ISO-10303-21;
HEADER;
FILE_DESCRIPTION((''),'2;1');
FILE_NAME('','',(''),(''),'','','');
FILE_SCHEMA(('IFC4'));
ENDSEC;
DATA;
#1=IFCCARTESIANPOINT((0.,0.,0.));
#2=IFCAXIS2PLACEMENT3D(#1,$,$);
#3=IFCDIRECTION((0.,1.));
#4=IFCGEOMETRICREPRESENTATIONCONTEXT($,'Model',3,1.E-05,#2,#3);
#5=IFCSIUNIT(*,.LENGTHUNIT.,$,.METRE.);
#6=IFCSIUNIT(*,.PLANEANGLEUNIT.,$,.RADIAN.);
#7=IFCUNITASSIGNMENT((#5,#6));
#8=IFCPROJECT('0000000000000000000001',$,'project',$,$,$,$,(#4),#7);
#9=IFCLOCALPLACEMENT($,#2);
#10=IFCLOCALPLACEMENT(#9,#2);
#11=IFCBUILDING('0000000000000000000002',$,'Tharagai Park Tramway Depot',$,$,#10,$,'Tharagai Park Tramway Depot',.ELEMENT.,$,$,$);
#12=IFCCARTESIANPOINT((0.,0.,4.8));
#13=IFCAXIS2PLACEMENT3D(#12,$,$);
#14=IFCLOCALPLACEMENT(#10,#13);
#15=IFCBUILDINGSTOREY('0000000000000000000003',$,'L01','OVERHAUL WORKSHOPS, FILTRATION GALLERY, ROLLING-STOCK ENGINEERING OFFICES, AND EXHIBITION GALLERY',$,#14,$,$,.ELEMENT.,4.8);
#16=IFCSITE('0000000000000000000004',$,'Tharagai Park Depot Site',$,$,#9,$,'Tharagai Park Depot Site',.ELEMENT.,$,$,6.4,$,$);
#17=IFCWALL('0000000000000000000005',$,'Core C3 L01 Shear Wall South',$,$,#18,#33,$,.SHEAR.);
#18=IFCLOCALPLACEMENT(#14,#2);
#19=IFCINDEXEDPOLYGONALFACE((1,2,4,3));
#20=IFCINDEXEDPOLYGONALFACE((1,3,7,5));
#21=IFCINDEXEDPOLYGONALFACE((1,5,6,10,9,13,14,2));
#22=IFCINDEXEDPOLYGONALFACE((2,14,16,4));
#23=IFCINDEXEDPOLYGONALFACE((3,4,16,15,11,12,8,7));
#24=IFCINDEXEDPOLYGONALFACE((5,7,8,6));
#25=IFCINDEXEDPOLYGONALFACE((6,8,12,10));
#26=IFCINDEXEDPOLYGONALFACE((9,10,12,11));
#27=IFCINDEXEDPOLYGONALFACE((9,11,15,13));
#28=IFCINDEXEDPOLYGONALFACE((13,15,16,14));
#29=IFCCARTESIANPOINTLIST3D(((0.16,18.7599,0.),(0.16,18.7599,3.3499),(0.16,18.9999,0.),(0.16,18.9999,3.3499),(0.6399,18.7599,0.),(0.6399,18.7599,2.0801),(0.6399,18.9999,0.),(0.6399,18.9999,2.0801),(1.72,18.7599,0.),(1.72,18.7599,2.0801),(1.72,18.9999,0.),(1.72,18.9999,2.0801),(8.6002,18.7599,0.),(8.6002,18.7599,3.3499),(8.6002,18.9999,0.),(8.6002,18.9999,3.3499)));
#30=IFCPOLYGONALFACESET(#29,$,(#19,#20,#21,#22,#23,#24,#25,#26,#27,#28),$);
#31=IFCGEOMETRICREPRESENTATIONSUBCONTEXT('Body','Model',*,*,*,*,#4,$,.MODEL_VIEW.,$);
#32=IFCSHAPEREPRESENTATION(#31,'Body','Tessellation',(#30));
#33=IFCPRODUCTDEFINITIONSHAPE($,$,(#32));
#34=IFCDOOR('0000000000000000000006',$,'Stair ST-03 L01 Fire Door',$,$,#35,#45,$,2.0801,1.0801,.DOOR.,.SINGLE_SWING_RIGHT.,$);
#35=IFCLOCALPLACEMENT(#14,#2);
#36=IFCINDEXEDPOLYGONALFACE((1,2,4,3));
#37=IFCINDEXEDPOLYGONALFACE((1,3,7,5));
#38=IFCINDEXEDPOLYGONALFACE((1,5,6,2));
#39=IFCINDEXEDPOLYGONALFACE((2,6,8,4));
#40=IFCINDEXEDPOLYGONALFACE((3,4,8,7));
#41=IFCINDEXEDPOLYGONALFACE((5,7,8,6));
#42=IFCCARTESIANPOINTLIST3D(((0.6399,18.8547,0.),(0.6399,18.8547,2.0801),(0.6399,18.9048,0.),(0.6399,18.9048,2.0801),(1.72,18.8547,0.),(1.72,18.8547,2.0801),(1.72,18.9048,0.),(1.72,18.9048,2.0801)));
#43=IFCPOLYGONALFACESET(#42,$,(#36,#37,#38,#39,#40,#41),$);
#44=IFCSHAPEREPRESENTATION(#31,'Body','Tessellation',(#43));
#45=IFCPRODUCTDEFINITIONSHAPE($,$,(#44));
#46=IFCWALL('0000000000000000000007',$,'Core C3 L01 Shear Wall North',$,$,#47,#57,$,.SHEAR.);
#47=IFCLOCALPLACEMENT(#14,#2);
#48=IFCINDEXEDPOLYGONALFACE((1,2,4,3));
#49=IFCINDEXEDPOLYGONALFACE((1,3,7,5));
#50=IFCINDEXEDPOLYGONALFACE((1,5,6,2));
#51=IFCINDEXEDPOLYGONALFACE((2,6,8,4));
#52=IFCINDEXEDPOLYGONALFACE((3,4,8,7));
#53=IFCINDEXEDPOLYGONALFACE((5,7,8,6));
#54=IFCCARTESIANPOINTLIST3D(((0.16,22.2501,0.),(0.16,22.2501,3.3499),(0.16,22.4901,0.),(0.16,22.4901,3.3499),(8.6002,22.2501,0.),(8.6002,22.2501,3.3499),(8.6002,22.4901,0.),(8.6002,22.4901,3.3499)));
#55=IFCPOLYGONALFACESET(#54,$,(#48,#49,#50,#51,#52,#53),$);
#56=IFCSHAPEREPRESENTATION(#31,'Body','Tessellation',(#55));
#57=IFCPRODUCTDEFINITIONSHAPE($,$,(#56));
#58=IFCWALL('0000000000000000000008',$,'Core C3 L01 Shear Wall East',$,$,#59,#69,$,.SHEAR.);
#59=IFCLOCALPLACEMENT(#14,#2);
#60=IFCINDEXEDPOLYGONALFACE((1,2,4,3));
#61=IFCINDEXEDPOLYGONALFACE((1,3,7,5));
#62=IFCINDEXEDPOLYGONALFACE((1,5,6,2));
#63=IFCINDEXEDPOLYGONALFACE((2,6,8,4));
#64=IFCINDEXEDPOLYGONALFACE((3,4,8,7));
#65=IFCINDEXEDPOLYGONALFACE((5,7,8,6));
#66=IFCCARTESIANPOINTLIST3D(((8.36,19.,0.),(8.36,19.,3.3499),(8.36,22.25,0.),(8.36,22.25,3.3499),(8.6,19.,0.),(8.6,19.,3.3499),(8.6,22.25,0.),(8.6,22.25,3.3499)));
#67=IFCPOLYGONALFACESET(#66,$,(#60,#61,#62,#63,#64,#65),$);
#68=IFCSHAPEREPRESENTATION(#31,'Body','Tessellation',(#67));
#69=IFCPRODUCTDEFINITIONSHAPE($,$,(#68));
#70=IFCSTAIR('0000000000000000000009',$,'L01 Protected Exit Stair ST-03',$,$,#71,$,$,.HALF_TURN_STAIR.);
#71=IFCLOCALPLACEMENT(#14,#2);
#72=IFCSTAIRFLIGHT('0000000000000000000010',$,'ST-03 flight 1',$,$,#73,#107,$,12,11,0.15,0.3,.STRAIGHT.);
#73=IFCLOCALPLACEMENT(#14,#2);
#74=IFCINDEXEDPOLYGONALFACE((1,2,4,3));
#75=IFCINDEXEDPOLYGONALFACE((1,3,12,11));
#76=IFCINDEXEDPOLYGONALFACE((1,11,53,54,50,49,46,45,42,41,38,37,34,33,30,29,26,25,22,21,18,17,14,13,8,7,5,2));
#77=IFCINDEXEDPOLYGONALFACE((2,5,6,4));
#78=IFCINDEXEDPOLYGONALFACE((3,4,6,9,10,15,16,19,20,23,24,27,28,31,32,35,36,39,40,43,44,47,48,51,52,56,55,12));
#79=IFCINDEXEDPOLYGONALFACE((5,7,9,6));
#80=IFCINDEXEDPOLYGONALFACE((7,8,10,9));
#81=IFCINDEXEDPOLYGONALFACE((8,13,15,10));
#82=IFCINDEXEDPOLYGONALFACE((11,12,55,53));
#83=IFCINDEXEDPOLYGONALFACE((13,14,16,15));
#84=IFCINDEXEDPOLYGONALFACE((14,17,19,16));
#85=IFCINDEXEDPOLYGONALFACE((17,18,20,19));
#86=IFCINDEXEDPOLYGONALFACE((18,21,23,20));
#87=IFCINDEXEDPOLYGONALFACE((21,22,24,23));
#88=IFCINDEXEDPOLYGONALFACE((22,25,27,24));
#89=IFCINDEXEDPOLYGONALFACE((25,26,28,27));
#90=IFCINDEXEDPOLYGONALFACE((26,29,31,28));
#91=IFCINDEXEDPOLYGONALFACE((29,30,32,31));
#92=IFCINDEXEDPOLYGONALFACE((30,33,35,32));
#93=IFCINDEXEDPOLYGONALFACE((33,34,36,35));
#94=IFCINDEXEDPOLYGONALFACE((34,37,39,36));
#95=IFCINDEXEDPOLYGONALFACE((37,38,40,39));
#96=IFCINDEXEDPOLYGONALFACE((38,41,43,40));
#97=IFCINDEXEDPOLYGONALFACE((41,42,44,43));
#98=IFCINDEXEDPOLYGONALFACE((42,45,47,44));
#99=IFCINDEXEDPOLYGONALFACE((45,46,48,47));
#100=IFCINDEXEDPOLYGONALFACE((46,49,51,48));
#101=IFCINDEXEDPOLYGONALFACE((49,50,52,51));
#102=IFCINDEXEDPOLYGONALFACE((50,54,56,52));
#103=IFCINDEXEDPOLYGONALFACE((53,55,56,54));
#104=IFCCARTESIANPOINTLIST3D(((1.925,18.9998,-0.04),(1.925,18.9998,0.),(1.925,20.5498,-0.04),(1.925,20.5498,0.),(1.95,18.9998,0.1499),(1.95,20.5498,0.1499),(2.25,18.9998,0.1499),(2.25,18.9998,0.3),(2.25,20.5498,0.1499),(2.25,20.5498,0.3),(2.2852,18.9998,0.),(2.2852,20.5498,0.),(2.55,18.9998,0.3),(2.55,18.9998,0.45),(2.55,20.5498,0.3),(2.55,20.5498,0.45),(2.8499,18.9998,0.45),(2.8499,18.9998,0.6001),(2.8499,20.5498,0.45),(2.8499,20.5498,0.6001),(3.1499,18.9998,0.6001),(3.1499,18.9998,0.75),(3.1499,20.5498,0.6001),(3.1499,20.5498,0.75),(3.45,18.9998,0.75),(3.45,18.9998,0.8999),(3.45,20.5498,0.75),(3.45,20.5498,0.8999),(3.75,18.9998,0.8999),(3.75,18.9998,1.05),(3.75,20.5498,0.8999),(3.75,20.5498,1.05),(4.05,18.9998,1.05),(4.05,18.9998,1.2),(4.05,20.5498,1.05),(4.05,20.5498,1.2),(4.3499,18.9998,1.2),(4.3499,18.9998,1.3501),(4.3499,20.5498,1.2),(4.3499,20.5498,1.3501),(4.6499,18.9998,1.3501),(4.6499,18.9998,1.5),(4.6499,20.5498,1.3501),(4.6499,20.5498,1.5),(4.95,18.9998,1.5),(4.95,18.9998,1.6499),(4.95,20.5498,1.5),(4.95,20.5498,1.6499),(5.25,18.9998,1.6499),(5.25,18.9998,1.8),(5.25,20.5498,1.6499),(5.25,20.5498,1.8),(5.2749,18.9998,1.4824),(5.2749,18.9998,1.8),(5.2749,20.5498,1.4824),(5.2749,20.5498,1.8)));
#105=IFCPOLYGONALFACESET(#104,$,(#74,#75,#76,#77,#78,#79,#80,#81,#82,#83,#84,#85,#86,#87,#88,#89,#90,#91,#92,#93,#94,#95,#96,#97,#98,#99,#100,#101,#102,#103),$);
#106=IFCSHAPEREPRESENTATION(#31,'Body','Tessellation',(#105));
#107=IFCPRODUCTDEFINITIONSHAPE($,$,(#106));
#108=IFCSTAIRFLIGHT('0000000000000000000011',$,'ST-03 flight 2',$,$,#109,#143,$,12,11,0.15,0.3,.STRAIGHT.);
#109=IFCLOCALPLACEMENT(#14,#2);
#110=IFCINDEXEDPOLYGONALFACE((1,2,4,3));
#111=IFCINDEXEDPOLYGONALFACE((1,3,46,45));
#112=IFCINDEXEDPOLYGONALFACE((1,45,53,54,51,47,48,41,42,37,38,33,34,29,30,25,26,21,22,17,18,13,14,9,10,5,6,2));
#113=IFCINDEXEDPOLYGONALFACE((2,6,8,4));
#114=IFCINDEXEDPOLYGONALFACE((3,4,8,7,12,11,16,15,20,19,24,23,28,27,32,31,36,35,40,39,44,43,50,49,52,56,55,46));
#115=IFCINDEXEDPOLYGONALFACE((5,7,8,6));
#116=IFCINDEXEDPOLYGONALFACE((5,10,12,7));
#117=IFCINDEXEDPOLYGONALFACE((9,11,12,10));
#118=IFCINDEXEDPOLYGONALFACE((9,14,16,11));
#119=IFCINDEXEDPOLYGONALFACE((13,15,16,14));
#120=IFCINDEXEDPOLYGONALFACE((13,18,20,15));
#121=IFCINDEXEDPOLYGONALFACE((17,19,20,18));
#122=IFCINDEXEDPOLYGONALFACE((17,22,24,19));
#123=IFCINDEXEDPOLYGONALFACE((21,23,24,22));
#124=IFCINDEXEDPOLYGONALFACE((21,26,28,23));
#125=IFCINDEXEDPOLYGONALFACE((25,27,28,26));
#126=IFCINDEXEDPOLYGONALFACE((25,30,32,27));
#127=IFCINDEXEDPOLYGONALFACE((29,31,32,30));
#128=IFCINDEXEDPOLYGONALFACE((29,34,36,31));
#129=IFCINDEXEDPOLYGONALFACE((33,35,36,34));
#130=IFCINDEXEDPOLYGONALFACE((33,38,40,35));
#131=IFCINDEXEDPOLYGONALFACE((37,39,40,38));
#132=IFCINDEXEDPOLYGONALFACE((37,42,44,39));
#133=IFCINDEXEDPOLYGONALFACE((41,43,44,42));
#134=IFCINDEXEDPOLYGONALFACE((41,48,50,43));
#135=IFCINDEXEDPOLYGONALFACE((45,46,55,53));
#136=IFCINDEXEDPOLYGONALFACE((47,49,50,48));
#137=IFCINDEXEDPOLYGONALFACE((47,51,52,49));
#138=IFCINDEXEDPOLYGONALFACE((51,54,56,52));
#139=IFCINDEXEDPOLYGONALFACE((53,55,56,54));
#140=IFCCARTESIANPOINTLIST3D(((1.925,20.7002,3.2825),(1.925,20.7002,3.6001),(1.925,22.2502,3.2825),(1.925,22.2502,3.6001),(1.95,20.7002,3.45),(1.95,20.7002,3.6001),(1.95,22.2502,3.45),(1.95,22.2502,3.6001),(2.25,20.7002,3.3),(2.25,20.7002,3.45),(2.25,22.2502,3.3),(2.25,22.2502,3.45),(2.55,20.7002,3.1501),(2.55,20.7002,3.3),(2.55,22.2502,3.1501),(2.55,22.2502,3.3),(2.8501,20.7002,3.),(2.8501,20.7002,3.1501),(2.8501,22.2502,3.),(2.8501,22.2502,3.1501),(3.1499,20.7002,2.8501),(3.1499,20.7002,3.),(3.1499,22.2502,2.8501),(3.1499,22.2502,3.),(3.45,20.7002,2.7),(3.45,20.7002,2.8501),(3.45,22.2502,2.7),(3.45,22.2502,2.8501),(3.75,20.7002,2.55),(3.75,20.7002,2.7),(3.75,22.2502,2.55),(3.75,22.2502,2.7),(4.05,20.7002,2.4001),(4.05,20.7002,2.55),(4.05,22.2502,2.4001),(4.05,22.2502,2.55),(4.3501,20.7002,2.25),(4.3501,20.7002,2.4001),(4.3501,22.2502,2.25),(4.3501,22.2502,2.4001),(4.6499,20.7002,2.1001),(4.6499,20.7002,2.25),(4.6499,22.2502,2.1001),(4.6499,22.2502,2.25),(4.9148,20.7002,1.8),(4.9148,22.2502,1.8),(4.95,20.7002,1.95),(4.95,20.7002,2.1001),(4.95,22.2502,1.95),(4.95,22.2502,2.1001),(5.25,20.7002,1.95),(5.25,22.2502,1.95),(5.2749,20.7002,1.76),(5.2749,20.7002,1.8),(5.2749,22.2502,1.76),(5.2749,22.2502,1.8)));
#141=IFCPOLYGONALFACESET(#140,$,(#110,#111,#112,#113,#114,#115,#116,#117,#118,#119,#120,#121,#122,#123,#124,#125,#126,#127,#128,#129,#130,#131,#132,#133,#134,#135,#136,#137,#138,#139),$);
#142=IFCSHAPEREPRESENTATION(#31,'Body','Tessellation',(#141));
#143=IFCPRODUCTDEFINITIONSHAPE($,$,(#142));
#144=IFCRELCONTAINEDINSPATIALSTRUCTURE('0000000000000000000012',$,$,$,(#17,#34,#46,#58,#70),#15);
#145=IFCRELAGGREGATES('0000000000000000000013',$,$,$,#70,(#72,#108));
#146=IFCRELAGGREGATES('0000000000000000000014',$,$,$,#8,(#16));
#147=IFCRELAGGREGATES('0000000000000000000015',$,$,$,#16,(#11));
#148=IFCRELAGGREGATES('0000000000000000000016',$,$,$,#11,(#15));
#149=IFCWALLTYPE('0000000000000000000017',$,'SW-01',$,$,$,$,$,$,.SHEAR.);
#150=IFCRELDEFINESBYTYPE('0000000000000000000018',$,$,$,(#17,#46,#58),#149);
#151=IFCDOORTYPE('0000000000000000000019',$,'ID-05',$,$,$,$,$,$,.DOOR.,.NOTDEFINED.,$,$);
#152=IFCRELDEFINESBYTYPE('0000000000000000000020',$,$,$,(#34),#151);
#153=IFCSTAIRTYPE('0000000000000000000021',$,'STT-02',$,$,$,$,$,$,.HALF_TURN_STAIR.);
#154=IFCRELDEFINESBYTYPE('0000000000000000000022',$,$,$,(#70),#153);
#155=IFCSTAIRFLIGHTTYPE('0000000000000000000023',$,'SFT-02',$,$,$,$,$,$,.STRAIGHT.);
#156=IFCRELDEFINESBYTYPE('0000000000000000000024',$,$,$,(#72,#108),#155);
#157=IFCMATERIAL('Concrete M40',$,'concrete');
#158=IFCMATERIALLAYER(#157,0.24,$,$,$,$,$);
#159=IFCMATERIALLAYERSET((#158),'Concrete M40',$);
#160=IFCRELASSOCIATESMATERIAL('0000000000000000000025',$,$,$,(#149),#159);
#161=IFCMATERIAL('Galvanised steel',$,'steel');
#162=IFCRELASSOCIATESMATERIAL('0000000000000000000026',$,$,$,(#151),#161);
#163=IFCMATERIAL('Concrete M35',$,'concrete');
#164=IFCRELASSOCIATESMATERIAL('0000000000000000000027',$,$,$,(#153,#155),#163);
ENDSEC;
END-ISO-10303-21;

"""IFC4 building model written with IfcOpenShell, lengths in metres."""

from ifc_helpers import new_model, si_unit, direction, frame, frame_2d, origin, place, context, subcontext, project, spatial, polyline, rectangle, outline, extrude, material, layer, layer_set, type_object, element, fill, aggregate, save


model = new_model("IFC4")

# Units and contexts
model_context = context("Model", 3, precision=1e-05, world=origin(), true_north=direction((0.0, 1.0)))
body_context = subcontext(model_context, "Body", "Model", "MODEL_VIEW")
ifc_project = project(units=[si_unit("LENGTHUNIT", "METRE"), si_unit("PLANEANGLEUNIT", "RADIAN")], contexts=[model_context])

# Site, building, storey
site_placement = place(None, origin())
site = spatial("IfcSite", under=ifc_project, at=site_placement, Name="Tharagai Park Depot Site", LongName="Tharagai Park Depot Site", CompositionType="ELEMENT", RefElevation=6.4)
building_placement = place(site_placement, origin())
building = spatial("IfcBuilding", under=site, at=building_placement, Name="Tharagai Park Tramway Depot", LongName="Tharagai Park Tramway Depot", CompositionType="ELEMENT")
storey_placement = place(building_placement, frame((0.0, 0.0, 4.8)))
storey = spatial("IfcBuildingStorey", under=building, at=storey_placement, Name="L01", Description="OVERHAUL WORKSHOPS, FILTRATION GALLERY, ROLLING-STOCK ENGINEERING OFFICES, AND EXHIBITION GALLERY", CompositionType="ELEMENT", Elevation=4.8)

# Shared definitions
ifc_material_1 = material(Name="Concrete M40", Category="concrete")

# Shared definitions
ifc_material_2 = material(Name="Concrete M35", Category="concrete")

# Wall, opening, door
ifc_layer_1 = layer(ifc_material_1, 0.24)
ifc_layer_set_1 = layer_set([ifc_layer_1], Name="Concrete M40")
wall_type_1 = type_object("IfcWallType", Name="SW-01", PredefinedType="SHEAR", material=ifc_layer_set_1)
wall_1_placement = place(storey_placement, frame((0.1599, 18.8799, 0.0), z_axis=(0.0, 0.0, 1.0), x_axis=(1.0, 0.0, 0.0)))
wall_1 = element("IfcWall", 1, at=wall_1_placement, inside=storey, type_object=wall_type_1, Name="Core C3 L01 Shear Wall South", PredefinedType="SHEAR", context=body_context, shape_type="SweptSolid", body=[
    extrude(rectangle(XDim=8.4402, YDim=0.24, at=frame_2d((4.2202, 0.0))), origin(), (0.0, 0.0, 1.0), 3.3499),
])
opening_placement = place(wall_1_placement, frame((0.48, 0.0, 0.0)))
opening = element("IfcOpeningElement", 2, at=opening_placement, cuts=wall_1, PredefinedType="OPENING", context=body_context, shape_type="SweptSolid", body=[
    extrude(rectangle(XDim=1.0801, YDim=2.0801, at=frame_2d((0.54, 1.04))), frame((0.0, 0.1299, 0.0), z_axis=(0.0, -1.0, 0.0), x_axis=(1.0, 0.0, 0.0)), (0.0, 0.0, 1.0), 0.26),
])
ifc_material_3 = material(Name="Galvanised steel", Category="steel")
door_type = type_object("IfcDoorType", Name="ID-05", OperationType="NOTDEFINED", PredefinedType="DOOR", material=ifc_material_3)
door_placement = place(opening_placement, origin())
door = element("IfcDoor", 3, at=door_placement, inside=storey, type_object=door_type, Name="Stair ST-03 L01 Fire Door", OperationType="SINGLE_SWING_RIGHT", OverallHeight=2.0801, OverallWidth=1.0801, PredefinedType="DOOR", context=body_context, shape_type="SweptSolid", body=[
    extrude(rectangle(XDim=1.0801, YDim=2.0801, at=frame_2d((0.54, 1.04))), frame((0.0, 0.0249, 0.0), z_axis=(0.0, -1.0, 0.0), x_axis=(1.0, 0.0, 0.0)), (0.0, 0.0, 1.0), 0.05),
])
fill(opening, door)

# Walls
wall_2_placement = place(storey_placement, frame((0.1599, 22.3701, 0.0), z_axis=(0.0, 0.0, 1.0), x_axis=(1.0, 0.0, 0.0)))
element("IfcWall", 4, at=wall_2_placement, inside=storey, type_object=wall_type_1, Name="Core C3 L01 Shear Wall North", PredefinedType="SHEAR", context=body_context, shape_type="SweptSolid", body=[
    extrude(rectangle(XDim=8.4402, YDim=0.24, at=frame_2d((4.2202, 0.0))), origin(), (0.0, 0.0, 1.0), 3.3499),
])
wall_3_placement = place(storey_placement, frame((8.48, 19.0, 0.0), z_axis=(0.0, 0.0, 1.0), x_axis=(0.0, 1.0, 0.0)))
element("IfcWall", 5, at=wall_3_placement, inside=storey, type_object=wall_type_1, Name="Core C3 L01 Shear Wall East", PredefinedType="SHEAR", context=body_context, shape_type="SweptSolid", body=[
    extrude(rectangle(XDim=3.25, YDim=0.24, at=frame_2d((1.625, 0.0))), origin(), (0.0, 0.0, 1.0), 3.3499),
])

# Stair, stair flights
stair_type = type_object("IfcStairType", Name="STT-02", PredefinedType="HALF_TURN_STAIR", material=ifc_material_2)
stair_placement = place(storey_placement, origin())
stair = element("IfcStair", 6, at=stair_placement, inside=storey, type_object=stair_type, Name="L01 Protected Exit Stair ST-03", PredefinedType="HALF_TURN_STAIR")
stair_flight_type = type_object("IfcStairFlightType", Name="SFT-02", PredefinedType="STRAIGHT", material=ifc_material_2)
stair_flight_1_placement = place(storey_placement, frame((1.95, 19.7749, 0.0), z_axis=(0.0, 0.0, 1.0), x_axis=(1.0, 0.0, 0.0)))
stair_flight_1 = element("IfcStairFlight", 7, at=stair_flight_1_placement, type_object=stair_flight_type, Name="ST-03 flight 1", NumberOfRisers=12, NumberOfTreads=11, PredefinedType="STRAIGHT", RiserHeight=0.15, TreadLength=0.3, context=body_context, shape_type="SweptSolid", body=[
    extrude(outline(polyline([(-0.0249, 0.0), (0.0, 0.1499), (0.3, 0.1499), (0.3, 0.3), (0.6001, 0.3), (0.6001, 0.45), (0.8999, 0.45), (0.8999, 0.6001), (1.2, 0.6001), (1.2, 0.75), (1.5, 0.75), (1.5, 0.8999), (1.8, 0.8999), (1.8, 1.05), (2.1001, 1.05), (2.1001, 1.2), (2.3999, 1.2), (2.3999, 1.3501), (2.7, 1.3501), (2.7, 1.5), (3.0, 1.5), (3.0, 1.6499), (3.3, 1.6499), (3.3, 1.8), (3.325, 1.8), (3.325, 1.4824), (0.3352, 0.0), (-0.0249, -0.04), (-0.0249, 0.0)])), frame((0.0, 0.7749, 0.0), z_axis=(0.0, -1.0, 0.0), x_axis=(1.0, 0.0, 0.0)), (0.0, 0.0, 1.0), 1.55),
])
stair_flight_2_placement = place(storey_placement, frame((5.25, 21.4751, 1.8), z_axis=(0.0, 0.0, 1.0), x_axis=(-1.0, 0.0, 0.0)))
stair_flight_2 = element("IfcStairFlight", 8, at=stair_flight_2_placement, type_object=stair_flight_type, Name="ST-03 flight 2", NumberOfRisers=12, NumberOfTreads=11, PredefinedType="STRAIGHT", RiserHeight=0.15, TreadLength=0.3, context=body_context, shape_type="SweptSolid", body=[
    extrude(outline(polyline([(-0.0249, 0.0), (0.0, 0.1499), (0.3, 0.1499), (0.3, 0.3), (0.6001, 0.3), (0.6001, 0.45), (0.8999, 0.45), (0.8999, 0.6001), (1.2, 0.6001), (1.2, 0.75), (1.5, 0.75), (1.5, 0.8999), (1.8, 0.8999), (1.8, 1.05), (2.1001, 1.05), (2.1001, 1.2), (2.3999, 1.2), (2.3999, 1.3501), (2.7, 1.3501), (2.7, 1.5), (3.0, 1.5), (3.0, 1.6499), (3.3, 1.6499), (3.3, 1.8), (3.325, 1.8), (3.325, 1.4824), (0.3352, 0.0), (-0.0249, -0.04), (-0.0249, 0.0)])), frame((0.0, 0.7749, 0.0), z_axis=(0.0, -1.0, 0.0), x_axis=(1.0, 0.0, 0.0)), (0.0, 0.0, 1.0), 1.55),
])
aggregate(stair, [stair_flight_1, stair_flight_2])

save(model, "model.ifc")
